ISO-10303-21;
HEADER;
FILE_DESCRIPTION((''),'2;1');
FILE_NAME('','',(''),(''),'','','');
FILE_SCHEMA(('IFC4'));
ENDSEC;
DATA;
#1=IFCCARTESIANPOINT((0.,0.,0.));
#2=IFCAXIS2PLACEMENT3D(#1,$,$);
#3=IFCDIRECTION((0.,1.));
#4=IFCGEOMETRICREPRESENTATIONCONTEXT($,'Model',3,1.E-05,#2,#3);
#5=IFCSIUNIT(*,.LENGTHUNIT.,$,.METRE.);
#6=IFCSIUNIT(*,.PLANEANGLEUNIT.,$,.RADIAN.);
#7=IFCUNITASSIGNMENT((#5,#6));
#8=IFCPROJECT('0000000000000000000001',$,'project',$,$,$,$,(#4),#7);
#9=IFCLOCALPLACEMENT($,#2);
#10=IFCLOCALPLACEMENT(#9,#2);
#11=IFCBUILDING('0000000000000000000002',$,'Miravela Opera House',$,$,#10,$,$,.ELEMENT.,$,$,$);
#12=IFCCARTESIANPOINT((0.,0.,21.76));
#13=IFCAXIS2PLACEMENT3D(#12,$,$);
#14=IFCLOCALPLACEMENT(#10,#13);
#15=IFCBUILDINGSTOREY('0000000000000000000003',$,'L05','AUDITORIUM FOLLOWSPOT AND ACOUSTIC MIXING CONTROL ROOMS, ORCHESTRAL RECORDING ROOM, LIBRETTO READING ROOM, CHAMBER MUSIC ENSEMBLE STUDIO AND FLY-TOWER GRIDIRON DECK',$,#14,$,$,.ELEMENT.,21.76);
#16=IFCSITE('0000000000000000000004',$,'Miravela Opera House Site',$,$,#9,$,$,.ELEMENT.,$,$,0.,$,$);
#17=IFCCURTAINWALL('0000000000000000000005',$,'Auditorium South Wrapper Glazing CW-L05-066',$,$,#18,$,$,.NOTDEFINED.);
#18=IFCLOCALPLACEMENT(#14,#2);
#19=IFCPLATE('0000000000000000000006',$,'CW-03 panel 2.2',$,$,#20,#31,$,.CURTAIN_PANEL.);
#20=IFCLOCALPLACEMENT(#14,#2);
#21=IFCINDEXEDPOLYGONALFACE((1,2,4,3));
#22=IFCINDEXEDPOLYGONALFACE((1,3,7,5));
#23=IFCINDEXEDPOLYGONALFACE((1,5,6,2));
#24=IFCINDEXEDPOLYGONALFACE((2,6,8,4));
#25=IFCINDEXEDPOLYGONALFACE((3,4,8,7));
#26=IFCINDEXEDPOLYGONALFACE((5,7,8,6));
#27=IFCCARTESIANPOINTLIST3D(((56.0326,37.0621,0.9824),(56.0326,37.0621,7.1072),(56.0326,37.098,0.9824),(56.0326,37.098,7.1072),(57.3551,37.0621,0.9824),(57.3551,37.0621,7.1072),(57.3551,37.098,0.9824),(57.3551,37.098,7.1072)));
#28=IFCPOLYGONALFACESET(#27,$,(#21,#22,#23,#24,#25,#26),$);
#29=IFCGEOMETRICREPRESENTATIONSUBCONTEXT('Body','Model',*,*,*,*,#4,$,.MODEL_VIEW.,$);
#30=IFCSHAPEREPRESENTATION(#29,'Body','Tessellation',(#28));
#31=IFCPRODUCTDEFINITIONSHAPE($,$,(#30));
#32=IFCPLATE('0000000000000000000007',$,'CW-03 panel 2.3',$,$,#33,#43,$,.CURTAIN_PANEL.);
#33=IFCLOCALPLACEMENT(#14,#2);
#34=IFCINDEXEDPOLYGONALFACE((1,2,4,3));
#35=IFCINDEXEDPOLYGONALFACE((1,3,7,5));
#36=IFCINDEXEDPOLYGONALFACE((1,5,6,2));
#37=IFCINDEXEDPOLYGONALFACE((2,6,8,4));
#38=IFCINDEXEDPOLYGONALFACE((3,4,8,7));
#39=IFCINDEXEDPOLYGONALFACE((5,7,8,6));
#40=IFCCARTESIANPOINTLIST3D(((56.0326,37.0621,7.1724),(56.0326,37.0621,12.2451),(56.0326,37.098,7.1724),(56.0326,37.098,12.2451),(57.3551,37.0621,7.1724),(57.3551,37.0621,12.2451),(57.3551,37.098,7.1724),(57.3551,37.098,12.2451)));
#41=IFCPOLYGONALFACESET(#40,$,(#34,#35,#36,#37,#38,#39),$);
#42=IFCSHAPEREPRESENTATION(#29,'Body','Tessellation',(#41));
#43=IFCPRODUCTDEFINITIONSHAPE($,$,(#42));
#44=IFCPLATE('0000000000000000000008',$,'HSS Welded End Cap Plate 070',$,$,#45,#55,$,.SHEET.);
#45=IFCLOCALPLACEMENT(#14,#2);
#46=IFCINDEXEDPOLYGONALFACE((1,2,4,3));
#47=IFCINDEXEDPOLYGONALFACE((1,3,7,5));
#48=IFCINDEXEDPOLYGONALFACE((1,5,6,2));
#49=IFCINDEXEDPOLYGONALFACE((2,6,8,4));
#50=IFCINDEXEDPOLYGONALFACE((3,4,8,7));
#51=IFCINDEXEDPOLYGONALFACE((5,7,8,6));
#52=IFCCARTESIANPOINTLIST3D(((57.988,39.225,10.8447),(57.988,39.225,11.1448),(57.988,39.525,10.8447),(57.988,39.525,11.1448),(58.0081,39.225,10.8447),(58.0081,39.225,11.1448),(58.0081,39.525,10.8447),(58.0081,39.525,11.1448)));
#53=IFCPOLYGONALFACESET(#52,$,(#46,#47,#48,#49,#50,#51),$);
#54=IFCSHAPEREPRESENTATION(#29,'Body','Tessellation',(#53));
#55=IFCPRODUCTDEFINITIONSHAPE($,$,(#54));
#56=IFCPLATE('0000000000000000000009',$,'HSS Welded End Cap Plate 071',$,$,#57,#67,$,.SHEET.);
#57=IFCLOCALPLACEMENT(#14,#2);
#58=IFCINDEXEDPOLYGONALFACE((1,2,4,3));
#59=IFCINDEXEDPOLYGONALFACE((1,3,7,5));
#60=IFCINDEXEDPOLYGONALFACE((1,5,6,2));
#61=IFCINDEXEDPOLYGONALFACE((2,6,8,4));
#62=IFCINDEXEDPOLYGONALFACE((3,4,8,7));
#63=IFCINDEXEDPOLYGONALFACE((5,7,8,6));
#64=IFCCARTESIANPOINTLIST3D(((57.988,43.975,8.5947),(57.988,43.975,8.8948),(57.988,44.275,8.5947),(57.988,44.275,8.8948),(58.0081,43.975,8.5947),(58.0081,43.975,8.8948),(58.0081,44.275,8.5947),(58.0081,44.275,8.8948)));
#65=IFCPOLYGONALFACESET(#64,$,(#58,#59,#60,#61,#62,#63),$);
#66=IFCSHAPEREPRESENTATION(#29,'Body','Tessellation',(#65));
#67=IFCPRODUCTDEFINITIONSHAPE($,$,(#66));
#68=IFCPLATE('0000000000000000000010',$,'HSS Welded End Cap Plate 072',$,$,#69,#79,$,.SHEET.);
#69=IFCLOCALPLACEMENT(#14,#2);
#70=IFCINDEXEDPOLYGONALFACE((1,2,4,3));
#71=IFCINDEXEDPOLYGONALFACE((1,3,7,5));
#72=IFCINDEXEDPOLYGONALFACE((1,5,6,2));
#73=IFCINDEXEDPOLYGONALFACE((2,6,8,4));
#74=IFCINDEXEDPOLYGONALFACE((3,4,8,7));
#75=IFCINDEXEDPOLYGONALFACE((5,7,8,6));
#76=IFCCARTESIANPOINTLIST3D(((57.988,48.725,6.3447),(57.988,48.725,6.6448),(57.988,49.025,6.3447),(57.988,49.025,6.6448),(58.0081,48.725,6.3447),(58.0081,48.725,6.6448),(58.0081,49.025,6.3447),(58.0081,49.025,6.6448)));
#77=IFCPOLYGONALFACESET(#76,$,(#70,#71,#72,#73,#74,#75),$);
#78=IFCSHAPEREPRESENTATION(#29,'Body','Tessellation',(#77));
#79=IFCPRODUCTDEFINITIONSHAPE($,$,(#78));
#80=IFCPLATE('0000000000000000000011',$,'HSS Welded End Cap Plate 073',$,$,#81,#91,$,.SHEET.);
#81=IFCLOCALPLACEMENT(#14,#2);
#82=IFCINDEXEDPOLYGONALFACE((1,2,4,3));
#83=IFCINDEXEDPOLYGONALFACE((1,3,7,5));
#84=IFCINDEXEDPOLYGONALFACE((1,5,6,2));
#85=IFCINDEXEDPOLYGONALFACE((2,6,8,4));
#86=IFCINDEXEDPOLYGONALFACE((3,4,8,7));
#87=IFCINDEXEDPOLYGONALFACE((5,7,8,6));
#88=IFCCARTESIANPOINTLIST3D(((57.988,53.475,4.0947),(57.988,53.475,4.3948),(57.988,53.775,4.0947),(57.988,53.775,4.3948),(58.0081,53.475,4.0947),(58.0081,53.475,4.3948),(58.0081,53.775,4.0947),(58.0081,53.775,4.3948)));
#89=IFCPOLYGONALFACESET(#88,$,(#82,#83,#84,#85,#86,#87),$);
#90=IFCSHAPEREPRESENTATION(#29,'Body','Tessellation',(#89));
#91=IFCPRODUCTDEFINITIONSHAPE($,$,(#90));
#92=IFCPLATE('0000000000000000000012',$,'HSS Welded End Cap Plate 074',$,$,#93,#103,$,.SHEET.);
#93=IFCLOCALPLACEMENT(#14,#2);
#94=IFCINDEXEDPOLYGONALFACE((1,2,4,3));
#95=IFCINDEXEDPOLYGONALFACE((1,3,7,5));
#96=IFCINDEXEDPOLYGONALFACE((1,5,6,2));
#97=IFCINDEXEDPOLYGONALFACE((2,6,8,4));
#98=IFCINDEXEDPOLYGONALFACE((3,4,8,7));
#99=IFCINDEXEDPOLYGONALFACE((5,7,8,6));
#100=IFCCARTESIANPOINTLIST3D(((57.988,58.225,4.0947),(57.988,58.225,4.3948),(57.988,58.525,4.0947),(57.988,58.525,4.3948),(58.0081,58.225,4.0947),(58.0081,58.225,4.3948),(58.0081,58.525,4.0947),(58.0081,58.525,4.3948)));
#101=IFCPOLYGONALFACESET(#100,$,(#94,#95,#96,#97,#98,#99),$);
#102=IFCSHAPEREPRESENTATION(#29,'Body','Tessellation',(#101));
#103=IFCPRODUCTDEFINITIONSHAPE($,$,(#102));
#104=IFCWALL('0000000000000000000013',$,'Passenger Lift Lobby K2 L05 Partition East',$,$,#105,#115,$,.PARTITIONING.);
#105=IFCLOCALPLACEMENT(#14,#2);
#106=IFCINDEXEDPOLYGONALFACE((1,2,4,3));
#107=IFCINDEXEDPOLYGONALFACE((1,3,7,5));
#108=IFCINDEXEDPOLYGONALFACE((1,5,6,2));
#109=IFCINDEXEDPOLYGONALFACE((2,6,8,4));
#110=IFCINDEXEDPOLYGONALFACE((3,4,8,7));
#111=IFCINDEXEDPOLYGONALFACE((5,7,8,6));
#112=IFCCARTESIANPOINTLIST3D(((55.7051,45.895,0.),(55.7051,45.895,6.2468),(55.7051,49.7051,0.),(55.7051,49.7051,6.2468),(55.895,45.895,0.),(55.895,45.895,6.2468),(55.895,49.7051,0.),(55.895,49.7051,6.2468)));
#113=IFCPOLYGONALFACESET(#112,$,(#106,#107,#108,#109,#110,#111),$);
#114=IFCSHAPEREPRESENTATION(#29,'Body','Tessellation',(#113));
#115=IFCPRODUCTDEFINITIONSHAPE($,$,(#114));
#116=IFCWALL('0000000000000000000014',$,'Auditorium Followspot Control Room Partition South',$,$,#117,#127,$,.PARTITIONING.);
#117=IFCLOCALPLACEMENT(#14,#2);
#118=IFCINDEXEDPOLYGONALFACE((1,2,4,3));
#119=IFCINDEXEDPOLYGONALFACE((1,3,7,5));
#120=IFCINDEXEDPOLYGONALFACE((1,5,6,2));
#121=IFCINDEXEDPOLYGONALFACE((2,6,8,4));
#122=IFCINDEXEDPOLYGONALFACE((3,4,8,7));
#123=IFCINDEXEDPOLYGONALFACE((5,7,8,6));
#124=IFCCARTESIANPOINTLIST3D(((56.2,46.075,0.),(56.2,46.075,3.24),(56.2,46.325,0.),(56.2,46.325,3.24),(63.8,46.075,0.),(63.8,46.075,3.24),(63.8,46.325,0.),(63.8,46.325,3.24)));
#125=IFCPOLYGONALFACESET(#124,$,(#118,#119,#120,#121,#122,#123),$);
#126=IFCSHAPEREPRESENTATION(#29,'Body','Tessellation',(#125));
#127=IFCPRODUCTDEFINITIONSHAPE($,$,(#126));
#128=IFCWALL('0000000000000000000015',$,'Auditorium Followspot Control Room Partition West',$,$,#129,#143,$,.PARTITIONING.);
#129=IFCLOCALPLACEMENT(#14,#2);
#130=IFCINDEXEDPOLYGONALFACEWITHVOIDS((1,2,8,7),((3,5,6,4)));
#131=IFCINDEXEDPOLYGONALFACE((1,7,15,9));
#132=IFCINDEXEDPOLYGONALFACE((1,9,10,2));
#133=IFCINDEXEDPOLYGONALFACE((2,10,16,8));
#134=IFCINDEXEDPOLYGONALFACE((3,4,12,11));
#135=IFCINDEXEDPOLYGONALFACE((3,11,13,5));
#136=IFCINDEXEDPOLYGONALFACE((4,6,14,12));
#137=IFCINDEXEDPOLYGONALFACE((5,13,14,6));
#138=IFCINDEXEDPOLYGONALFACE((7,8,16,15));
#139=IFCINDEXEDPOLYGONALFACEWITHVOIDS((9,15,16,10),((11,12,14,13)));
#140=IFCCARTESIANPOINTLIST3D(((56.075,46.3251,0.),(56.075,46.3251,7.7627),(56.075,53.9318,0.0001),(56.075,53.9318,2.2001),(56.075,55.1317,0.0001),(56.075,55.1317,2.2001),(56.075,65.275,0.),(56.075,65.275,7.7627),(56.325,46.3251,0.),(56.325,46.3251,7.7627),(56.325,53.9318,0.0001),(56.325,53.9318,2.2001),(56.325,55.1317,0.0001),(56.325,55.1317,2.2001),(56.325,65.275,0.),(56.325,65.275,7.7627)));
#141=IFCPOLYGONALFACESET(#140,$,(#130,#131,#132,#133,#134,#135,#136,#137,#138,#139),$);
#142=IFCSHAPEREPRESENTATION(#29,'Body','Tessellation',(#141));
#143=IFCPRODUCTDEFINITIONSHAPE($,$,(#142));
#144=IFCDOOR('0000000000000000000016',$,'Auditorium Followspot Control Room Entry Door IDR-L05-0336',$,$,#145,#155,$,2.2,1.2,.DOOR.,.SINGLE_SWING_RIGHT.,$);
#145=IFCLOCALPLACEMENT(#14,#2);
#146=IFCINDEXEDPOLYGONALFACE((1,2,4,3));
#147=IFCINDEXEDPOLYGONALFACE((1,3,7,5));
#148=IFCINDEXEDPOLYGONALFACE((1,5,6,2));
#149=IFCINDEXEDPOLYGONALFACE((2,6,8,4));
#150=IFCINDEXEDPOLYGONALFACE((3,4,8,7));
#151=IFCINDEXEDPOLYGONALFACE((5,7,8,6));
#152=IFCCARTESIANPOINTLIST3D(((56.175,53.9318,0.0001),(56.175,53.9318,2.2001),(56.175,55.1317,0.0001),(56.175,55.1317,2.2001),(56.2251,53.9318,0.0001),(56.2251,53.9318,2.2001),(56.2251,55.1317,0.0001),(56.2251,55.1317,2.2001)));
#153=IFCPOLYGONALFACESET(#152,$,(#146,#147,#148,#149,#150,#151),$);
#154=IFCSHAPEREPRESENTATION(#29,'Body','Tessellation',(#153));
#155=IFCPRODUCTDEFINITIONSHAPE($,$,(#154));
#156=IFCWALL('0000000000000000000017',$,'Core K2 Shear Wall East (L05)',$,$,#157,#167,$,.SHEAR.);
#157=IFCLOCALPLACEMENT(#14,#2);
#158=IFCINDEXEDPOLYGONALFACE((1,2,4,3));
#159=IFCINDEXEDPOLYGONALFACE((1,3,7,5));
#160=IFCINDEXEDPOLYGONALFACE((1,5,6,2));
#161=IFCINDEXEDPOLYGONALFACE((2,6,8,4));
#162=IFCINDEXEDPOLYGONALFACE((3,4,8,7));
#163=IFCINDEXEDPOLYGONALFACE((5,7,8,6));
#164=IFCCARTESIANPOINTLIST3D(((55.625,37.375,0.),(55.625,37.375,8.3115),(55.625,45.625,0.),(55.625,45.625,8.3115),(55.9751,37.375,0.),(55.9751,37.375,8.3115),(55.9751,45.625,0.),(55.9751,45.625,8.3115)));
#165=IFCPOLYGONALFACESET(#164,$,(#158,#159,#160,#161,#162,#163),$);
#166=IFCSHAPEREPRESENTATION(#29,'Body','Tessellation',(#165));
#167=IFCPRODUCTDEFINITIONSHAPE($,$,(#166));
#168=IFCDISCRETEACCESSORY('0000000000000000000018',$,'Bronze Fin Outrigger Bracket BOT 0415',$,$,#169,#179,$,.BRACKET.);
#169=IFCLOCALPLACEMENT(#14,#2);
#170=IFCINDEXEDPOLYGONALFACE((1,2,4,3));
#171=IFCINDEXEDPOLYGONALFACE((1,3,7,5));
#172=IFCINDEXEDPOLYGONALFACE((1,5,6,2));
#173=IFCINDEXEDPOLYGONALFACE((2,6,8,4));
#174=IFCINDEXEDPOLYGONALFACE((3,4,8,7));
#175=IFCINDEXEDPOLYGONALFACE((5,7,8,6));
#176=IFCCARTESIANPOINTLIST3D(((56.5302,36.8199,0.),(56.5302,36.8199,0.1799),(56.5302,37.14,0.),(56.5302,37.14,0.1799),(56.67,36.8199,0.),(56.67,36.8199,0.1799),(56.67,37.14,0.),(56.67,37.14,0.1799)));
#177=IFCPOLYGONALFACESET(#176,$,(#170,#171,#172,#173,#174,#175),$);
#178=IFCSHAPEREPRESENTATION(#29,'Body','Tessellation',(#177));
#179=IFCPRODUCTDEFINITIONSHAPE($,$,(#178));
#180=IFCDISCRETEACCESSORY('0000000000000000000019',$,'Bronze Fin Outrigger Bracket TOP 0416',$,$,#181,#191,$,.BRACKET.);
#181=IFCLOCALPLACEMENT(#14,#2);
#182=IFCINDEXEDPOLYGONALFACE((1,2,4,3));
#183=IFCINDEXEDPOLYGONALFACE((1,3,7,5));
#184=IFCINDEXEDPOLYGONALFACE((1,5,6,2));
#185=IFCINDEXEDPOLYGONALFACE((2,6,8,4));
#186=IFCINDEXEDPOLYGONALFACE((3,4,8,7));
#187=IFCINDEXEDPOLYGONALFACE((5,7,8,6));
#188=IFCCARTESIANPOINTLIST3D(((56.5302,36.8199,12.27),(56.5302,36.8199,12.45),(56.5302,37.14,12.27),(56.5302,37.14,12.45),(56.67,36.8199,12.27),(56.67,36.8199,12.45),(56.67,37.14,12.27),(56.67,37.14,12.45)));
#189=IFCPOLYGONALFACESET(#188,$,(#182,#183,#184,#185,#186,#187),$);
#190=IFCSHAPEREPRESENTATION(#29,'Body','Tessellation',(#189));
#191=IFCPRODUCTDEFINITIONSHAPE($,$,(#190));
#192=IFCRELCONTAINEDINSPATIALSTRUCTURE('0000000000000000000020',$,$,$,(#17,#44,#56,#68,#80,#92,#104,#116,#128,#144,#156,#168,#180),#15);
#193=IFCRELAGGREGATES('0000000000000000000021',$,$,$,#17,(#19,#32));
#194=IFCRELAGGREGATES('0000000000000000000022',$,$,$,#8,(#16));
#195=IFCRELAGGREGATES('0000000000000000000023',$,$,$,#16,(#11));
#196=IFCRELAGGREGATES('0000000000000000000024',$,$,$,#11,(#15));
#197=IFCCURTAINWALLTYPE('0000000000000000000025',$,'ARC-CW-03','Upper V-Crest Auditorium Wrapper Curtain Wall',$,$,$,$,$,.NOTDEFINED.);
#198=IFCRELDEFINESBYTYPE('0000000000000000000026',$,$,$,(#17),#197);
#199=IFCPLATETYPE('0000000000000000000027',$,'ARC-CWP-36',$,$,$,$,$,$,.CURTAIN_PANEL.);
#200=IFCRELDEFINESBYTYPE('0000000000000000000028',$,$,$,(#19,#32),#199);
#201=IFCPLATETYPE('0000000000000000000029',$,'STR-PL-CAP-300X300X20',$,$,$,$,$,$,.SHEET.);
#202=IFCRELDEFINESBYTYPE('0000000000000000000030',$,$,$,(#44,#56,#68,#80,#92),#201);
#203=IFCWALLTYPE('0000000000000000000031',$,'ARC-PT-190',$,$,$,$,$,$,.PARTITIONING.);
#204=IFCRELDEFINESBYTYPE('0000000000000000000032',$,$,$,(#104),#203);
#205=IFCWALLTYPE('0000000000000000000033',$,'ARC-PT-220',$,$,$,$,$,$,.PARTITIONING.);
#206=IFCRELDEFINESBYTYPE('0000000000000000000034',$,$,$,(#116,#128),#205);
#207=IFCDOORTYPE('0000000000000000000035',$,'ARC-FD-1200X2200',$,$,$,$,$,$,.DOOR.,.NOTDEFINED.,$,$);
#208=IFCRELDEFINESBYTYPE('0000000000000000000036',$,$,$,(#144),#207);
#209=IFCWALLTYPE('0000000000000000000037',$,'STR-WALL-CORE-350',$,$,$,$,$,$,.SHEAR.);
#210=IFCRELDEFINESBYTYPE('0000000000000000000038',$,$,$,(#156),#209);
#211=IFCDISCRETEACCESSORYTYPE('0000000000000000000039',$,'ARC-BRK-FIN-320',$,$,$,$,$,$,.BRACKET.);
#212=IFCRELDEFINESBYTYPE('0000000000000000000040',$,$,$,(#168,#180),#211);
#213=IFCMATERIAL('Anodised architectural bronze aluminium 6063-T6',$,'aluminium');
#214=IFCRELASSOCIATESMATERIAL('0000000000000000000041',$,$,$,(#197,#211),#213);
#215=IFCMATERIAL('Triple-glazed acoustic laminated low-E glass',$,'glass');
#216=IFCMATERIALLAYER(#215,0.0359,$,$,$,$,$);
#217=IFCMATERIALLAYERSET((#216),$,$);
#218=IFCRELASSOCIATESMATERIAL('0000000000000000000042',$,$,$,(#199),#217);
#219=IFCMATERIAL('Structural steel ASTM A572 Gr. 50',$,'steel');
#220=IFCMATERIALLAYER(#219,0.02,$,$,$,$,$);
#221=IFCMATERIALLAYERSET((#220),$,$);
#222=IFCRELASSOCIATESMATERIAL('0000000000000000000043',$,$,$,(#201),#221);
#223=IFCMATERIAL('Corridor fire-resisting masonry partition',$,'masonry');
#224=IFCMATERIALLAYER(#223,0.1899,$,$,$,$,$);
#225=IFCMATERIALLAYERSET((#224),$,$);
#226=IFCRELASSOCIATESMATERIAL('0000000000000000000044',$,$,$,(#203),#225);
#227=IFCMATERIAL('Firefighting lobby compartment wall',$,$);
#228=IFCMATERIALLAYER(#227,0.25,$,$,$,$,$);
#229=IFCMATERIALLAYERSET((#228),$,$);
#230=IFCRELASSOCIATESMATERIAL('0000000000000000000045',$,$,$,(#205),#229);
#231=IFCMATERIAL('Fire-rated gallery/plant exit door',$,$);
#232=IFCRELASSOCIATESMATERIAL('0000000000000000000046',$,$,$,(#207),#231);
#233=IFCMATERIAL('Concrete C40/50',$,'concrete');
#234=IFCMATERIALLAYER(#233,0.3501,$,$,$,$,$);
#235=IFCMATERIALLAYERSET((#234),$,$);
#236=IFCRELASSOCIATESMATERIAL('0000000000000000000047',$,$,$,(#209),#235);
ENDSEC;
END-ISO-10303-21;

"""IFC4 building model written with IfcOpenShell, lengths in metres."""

from ifc_helpers import new_model, si_unit, direction, frame, frame_2d, origin, origin_2d, place, context, subcontext, project, spatial, rectangle, extrude, material, layer, layer_set, type_object, element, fill, aggregate, save


model = new_model("IFC4")

# Units and contexts
model_context = context("Model", 3, precision=1e-05, world=origin(), true_north=direction((0.0, 1.0)))
body_context = subcontext(model_context, "Body", "Model", "MODEL_VIEW")
ifc_project = project(units=[si_unit("LENGTHUNIT", "METRE"), si_unit("PLANEANGLEUNIT", "RADIAN")], contexts=[model_context])

# Site, building, storey
site_placement = place(None, origin())
site = spatial("IfcSite", under=ifc_project, at=site_placement, Name="Miravela Opera House Site", CompositionType="ELEMENT", RefElevation=0.0)
building_placement = place(site_placement, origin())
building = spatial("IfcBuilding", under=site, at=building_placement, Name="Miravela Opera House", CompositionType="ELEMENT")
storey_placement = place(building_placement, frame((0.0, 0.0, 21.76)))
storey = spatial("IfcBuildingStorey", under=building, at=storey_placement, Name="L05", Description="AUDITORIUM FOLLOWSPOT AND ACOUSTIC MIXING CONTROL ROOMS, ORCHESTRAL RECORDING ROOM, LIBRETTO READING ROOM, CHAMBER MUSIC ENSEMBLE STUDIO AND FLY-TOWER GRIDIRON DECK", CompositionType="ELEMENT", Elevation=21.76)

# Curtain wall
ifc_material_1 = material(Name="Anodised architectural bronze aluminium 6063-T6", Category="aluminium")
curtain_wall_type = type_object("IfcCurtainWallType", Name="ARC-CW-03", Description="Upper V-Crest Auditorium Wrapper Curtain Wall", PredefinedType="NOTDEFINED", material=ifc_material_1)
curtain_wall_placement = place(storey_placement, origin())
curtain_wall = element("IfcCurtainWall", 1, at=curtain_wall_placement, inside=storey, type_object=curtain_wall_type, Name="Auditorium South Wrapper Glazing CW-L05-066", PredefinedType="NOTDEFINED")

# Plates
ifc_material_2 = material(Name="Triple-glazed acoustic laminated low-E glass", Category="glass")
ifc_layer_1 = layer(ifc_material_2, 0.0359)
ifc_layer_set_1 = layer_set([ifc_layer_1])
plate_type_1 = type_object("IfcPlateType", Name="ARC-CWP-36", PredefinedType="CURTAIN_PANEL", material=ifc_layer_set_1)
plate_1_placement = place(storey_placement, frame((56.6938, 37.0801, 0.9824), z_axis=(0.0, 0.0, 1.0), x_axis=(1.0, 0.0, 0.0)))
plate_1 = element("IfcPlate", 2, at=plate_1_placement, type_object=plate_type_1, Name="CW-03 panel 2.2", PredefinedType="CURTAIN_PANEL", context=body_context, shape_type="SweptSolid", body=[
    extrude(rectangle(XDim=1.3225, YDim=0.0359, at=origin_2d()), origin(), (0.0, 0.0, 1.0), 6.1248),
])
plate_2_placement = place(storey_placement, frame((56.6938, 37.0801, 7.1724), z_axis=(0.0, 0.0, 1.0), x_axis=(1.0, 0.0, 0.0)))
plate_2 = element("IfcPlate", 3, at=plate_2_placement, type_object=plate_type_1, Name="CW-03 panel 2.3", PredefinedType="CURTAIN_PANEL", context=body_context, shape_type="SweptSolid", body=[
    extrude(rectangle(XDim=1.3225, YDim=0.0359, at=origin_2d()), origin(), (0.0, 0.0, 1.0), 5.0728),
])
aggregate(curtain_wall, [plate_1, plate_2])

# Plates
ifc_material_3 = material(Name="Structural steel ASTM A572 Gr. 50", Category="steel")
ifc_layer_2 = layer(ifc_material_3, 0.02)
ifc_layer_set_2 = layer_set([ifc_layer_2])
plate_type_2 = type_object("IfcPlateType", Name="STR-PL-CAP-300X300X20", PredefinedType="SHEET", material=ifc_layer_set_2)
for number, where, z_axis, x_axis, name in (
    (4, (57.998, 39.375, 10.8447), (0.0, 0.0, 1.0), (1.0, 0.0, 0.0), "HSS Welded End Cap Plate 070"),
    (5, (57.998, 44.125, 8.5947), (0.0, 0.0, 1.0), (1.0, 0.0, 0.0), "HSS Welded End Cap Plate 071"),
    (6, (57.998, 48.875, 6.3447), (0.0, 0.0, 1.0), (1.0, 0.0, 0.0), "HSS Welded End Cap Plate 072"),
    (7, (57.998, 53.625, 4.0947), (0.0, 0.0, 1.0), (1.0, 0.0, 0.0), "HSS Welded End Cap Plate 073"),
    (8, (57.998, 58.375, 4.0947), (0.0, 0.0, 1.0), (1.0, 0.0, 0.0), "HSS Welded End Cap Plate 074"),
):
    element("IfcPlate", number, at=place(storey_placement, frame(where, z_axis=z_axis, x_axis=x_axis)), inside=storey, type_object=plate_type_2, Name=name, PredefinedType="SHEET", context=body_context, shape_type="SweptSolid", body=[
        extrude(rectangle(XDim=0.02, YDim=0.3, at=origin_2d()), origin(), (0.0, 0.0, 1.0), 0.3),
    ])

# Walls
ifc_material_4 = material(Name="Corridor fire-resisting masonry partition", Category="masonry")
ifc_layer_3 = layer(ifc_material_4, 0.1899)
ifc_layer_set_3 = layer_set([ifc_layer_3])
wall_type_1 = type_object("IfcWallType", Name="ARC-PT-190", PredefinedType="PARTITIONING", material=ifc_layer_set_3)
wall_1_placement = place(storey_placement, frame((55.8, 45.895, 0.0), z_axis=(0.0, 0.0, 1.0), x_axis=(0.0, 1.0, 0.0)))
element("IfcWall", 9, at=wall_1_placement, inside=storey, type_object=wall_type_1, Name="Passenger Lift Lobby K2 L05 Partition East", PredefinedType="PARTITIONING", context=body_context, shape_type="SweptSolid", body=[
    extrude(rectangle(XDim=3.8101, YDim=0.1899, at=frame_2d((1.905, 0.0))), origin(), (0.0, 0.0, 1.0), 6.2468),
])
ifc_material_5 = material(Name="Firefighting lobby compartment wall")
ifc_layer_4 = layer(ifc_material_5, 0.25)
ifc_layer_set_4 = layer_set([ifc_layer_4])
wall_type_2 = type_object("IfcWallType", Name="ARC-PT-220", PredefinedType="PARTITIONING", material=ifc_layer_set_4)
wall_2_placement = place(storey_placement, frame((56.2, 46.2, 0.0), z_axis=(0.0, 0.0, 1.0), x_axis=(1.0, 0.0, 0.0)))
element("IfcWall", 10, at=wall_2_placement, inside=storey, type_object=wall_type_2, Name="Auditorium Followspot Control Room Partition South", PredefinedType="PARTITIONING", context=body_context, shape_type="SweptSolid", body=[
    extrude(rectangle(XDim=7.6001, YDim=0.25, at=frame_2d((3.8, 0.0))), origin(), (0.0, 0.0, 1.0), 3.24),
])

# Wall, opening, door
wall_3_placement = place(storey_placement, frame((56.2, 46.325, 0.0), z_axis=(0.0, 0.0, 1.0), x_axis=(0.0, 1.0, 0.0)))
wall_3 = element("IfcWall", 11, at=wall_3_placement, inside=storey, type_object=wall_type_2, Name="Auditorium Followspot Control Room Partition West", PredefinedType="PARTITIONING", context=body_context, shape_type="SweptSolid", body=[
    extrude(rectangle(XDim=18.95, YDim=0.25, at=frame_2d((9.4751, 0.0))), origin(), (0.0, 0.0, 1.0), 7.7627),
])
opening_placement = place(wall_3_placement, frame((7.6067, 0.0, 0.0)))
opening = element("IfcOpeningElement", 12, at=opening_placement, cuts=wall_3, PredefinedType="OPENING", context=body_context, shape_type="SweptSolid", body=[
    extrude(rectangle(XDim=1.2, YDim=2.2, at=frame_2d((0.6001, 1.1001))), frame((0.0, 0.135, 0.0), z_axis=(0.0, -1.0, 0.0), x_axis=(1.0, 0.0, 0.0)), (0.0, 0.0, 1.0), 0.27),
])
ifc_material_6 = material(Name="Fire-rated gallery/plant exit door")
door_type = type_object("IfcDoorType", Name="ARC-FD-1200X2200", OperationType="NOTDEFINED", PredefinedType="DOOR", material=ifc_material_6)
door_placement = place(opening_placement, origin())
door = element("IfcDoor", 13, at=door_placement, inside=storey, type_object=door_type, Name="Auditorium Followspot Control Room Entry Door IDR-L05-0336", OperationType="SINGLE_SWING_RIGHT", OverallHeight=2.2, OverallWidth=1.2, PredefinedType="DOOR", context=body_context, shape_type="SweptSolid", body=[
    extrude(rectangle(XDim=1.2, YDim=2.2, at=frame_2d((0.6001, 1.1001))), frame((0.0, 0.0249, 0.0), z_axis=(0.0, -1.0, 0.0), x_axis=(1.0, 0.0, 0.0)), (0.0, 0.0, 1.0), 0.05),
])
fill(opening, door)

# Wall
ifc_material_7 = material(Name="Concrete C40/50", Category="concrete")
ifc_layer_5 = layer(ifc_material_7, 0.3501)
ifc_layer_set_5 = layer_set([ifc_layer_5])
wall_type_3 = type_object("IfcWallType", Name="STR-WALL-CORE-350", PredefinedType="SHEAR", material=ifc_layer_set_5)
wall_4_placement = place(storey_placement, frame((55.8, 37.375, 0.0), z_axis=(0.0, 0.0, 1.0), x_axis=(0.0, 1.0, 0.0)))
element("IfcWall", 14, at=wall_4_placement, inside=storey, type_object=wall_type_3, Name="Core K2 Shear Wall East (L05)", PredefinedType="SHEAR", context=body_context, shape_type="SweptSolid", body=[
    extrude(rectangle(XDim=8.25, YDim=0.3501, at=frame_2d((4.125, 0.0))), origin(), (0.0, 0.0, 1.0), 8.3115),
])

# Discrete accessories
discrete_accessory_type = type_object("IfcDiscreteAccessoryType", Name="ARC-BRK-FIN-320", PredefinedType="BRACKET", material=ifc_material_1)
for number, where, z_axis, x_axis, name in (
    (15, (56.6001, 36.98, 0.0), (0.0, 0.0, 1.0), (0.0, 1.0, 0.0), "Bronze Fin Outrigger Bracket BOT 0415"),
    (16, (56.6001, 36.98, 12.27), (0.0, 0.0, 1.0), (0.0, 1.0, 0.0), "Bronze Fin Outrigger Bracket TOP 0416"),
):
    element("IfcDiscreteAccessory", number, at=place(storey_placement, frame(where, z_axis=z_axis, x_axis=x_axis)), inside=storey, type_object=discrete_accessory_type, Name=name, PredefinedType="BRACKET", context=body_context, shape_type="SweptSolid", body=[
        extrude(rectangle(XDim=0.3201, YDim=0.1399, at=origin_2d()), origin(), (0.0, 0.0, 1.0), 0.1799),
    ])

save(model, "model.ifc")
